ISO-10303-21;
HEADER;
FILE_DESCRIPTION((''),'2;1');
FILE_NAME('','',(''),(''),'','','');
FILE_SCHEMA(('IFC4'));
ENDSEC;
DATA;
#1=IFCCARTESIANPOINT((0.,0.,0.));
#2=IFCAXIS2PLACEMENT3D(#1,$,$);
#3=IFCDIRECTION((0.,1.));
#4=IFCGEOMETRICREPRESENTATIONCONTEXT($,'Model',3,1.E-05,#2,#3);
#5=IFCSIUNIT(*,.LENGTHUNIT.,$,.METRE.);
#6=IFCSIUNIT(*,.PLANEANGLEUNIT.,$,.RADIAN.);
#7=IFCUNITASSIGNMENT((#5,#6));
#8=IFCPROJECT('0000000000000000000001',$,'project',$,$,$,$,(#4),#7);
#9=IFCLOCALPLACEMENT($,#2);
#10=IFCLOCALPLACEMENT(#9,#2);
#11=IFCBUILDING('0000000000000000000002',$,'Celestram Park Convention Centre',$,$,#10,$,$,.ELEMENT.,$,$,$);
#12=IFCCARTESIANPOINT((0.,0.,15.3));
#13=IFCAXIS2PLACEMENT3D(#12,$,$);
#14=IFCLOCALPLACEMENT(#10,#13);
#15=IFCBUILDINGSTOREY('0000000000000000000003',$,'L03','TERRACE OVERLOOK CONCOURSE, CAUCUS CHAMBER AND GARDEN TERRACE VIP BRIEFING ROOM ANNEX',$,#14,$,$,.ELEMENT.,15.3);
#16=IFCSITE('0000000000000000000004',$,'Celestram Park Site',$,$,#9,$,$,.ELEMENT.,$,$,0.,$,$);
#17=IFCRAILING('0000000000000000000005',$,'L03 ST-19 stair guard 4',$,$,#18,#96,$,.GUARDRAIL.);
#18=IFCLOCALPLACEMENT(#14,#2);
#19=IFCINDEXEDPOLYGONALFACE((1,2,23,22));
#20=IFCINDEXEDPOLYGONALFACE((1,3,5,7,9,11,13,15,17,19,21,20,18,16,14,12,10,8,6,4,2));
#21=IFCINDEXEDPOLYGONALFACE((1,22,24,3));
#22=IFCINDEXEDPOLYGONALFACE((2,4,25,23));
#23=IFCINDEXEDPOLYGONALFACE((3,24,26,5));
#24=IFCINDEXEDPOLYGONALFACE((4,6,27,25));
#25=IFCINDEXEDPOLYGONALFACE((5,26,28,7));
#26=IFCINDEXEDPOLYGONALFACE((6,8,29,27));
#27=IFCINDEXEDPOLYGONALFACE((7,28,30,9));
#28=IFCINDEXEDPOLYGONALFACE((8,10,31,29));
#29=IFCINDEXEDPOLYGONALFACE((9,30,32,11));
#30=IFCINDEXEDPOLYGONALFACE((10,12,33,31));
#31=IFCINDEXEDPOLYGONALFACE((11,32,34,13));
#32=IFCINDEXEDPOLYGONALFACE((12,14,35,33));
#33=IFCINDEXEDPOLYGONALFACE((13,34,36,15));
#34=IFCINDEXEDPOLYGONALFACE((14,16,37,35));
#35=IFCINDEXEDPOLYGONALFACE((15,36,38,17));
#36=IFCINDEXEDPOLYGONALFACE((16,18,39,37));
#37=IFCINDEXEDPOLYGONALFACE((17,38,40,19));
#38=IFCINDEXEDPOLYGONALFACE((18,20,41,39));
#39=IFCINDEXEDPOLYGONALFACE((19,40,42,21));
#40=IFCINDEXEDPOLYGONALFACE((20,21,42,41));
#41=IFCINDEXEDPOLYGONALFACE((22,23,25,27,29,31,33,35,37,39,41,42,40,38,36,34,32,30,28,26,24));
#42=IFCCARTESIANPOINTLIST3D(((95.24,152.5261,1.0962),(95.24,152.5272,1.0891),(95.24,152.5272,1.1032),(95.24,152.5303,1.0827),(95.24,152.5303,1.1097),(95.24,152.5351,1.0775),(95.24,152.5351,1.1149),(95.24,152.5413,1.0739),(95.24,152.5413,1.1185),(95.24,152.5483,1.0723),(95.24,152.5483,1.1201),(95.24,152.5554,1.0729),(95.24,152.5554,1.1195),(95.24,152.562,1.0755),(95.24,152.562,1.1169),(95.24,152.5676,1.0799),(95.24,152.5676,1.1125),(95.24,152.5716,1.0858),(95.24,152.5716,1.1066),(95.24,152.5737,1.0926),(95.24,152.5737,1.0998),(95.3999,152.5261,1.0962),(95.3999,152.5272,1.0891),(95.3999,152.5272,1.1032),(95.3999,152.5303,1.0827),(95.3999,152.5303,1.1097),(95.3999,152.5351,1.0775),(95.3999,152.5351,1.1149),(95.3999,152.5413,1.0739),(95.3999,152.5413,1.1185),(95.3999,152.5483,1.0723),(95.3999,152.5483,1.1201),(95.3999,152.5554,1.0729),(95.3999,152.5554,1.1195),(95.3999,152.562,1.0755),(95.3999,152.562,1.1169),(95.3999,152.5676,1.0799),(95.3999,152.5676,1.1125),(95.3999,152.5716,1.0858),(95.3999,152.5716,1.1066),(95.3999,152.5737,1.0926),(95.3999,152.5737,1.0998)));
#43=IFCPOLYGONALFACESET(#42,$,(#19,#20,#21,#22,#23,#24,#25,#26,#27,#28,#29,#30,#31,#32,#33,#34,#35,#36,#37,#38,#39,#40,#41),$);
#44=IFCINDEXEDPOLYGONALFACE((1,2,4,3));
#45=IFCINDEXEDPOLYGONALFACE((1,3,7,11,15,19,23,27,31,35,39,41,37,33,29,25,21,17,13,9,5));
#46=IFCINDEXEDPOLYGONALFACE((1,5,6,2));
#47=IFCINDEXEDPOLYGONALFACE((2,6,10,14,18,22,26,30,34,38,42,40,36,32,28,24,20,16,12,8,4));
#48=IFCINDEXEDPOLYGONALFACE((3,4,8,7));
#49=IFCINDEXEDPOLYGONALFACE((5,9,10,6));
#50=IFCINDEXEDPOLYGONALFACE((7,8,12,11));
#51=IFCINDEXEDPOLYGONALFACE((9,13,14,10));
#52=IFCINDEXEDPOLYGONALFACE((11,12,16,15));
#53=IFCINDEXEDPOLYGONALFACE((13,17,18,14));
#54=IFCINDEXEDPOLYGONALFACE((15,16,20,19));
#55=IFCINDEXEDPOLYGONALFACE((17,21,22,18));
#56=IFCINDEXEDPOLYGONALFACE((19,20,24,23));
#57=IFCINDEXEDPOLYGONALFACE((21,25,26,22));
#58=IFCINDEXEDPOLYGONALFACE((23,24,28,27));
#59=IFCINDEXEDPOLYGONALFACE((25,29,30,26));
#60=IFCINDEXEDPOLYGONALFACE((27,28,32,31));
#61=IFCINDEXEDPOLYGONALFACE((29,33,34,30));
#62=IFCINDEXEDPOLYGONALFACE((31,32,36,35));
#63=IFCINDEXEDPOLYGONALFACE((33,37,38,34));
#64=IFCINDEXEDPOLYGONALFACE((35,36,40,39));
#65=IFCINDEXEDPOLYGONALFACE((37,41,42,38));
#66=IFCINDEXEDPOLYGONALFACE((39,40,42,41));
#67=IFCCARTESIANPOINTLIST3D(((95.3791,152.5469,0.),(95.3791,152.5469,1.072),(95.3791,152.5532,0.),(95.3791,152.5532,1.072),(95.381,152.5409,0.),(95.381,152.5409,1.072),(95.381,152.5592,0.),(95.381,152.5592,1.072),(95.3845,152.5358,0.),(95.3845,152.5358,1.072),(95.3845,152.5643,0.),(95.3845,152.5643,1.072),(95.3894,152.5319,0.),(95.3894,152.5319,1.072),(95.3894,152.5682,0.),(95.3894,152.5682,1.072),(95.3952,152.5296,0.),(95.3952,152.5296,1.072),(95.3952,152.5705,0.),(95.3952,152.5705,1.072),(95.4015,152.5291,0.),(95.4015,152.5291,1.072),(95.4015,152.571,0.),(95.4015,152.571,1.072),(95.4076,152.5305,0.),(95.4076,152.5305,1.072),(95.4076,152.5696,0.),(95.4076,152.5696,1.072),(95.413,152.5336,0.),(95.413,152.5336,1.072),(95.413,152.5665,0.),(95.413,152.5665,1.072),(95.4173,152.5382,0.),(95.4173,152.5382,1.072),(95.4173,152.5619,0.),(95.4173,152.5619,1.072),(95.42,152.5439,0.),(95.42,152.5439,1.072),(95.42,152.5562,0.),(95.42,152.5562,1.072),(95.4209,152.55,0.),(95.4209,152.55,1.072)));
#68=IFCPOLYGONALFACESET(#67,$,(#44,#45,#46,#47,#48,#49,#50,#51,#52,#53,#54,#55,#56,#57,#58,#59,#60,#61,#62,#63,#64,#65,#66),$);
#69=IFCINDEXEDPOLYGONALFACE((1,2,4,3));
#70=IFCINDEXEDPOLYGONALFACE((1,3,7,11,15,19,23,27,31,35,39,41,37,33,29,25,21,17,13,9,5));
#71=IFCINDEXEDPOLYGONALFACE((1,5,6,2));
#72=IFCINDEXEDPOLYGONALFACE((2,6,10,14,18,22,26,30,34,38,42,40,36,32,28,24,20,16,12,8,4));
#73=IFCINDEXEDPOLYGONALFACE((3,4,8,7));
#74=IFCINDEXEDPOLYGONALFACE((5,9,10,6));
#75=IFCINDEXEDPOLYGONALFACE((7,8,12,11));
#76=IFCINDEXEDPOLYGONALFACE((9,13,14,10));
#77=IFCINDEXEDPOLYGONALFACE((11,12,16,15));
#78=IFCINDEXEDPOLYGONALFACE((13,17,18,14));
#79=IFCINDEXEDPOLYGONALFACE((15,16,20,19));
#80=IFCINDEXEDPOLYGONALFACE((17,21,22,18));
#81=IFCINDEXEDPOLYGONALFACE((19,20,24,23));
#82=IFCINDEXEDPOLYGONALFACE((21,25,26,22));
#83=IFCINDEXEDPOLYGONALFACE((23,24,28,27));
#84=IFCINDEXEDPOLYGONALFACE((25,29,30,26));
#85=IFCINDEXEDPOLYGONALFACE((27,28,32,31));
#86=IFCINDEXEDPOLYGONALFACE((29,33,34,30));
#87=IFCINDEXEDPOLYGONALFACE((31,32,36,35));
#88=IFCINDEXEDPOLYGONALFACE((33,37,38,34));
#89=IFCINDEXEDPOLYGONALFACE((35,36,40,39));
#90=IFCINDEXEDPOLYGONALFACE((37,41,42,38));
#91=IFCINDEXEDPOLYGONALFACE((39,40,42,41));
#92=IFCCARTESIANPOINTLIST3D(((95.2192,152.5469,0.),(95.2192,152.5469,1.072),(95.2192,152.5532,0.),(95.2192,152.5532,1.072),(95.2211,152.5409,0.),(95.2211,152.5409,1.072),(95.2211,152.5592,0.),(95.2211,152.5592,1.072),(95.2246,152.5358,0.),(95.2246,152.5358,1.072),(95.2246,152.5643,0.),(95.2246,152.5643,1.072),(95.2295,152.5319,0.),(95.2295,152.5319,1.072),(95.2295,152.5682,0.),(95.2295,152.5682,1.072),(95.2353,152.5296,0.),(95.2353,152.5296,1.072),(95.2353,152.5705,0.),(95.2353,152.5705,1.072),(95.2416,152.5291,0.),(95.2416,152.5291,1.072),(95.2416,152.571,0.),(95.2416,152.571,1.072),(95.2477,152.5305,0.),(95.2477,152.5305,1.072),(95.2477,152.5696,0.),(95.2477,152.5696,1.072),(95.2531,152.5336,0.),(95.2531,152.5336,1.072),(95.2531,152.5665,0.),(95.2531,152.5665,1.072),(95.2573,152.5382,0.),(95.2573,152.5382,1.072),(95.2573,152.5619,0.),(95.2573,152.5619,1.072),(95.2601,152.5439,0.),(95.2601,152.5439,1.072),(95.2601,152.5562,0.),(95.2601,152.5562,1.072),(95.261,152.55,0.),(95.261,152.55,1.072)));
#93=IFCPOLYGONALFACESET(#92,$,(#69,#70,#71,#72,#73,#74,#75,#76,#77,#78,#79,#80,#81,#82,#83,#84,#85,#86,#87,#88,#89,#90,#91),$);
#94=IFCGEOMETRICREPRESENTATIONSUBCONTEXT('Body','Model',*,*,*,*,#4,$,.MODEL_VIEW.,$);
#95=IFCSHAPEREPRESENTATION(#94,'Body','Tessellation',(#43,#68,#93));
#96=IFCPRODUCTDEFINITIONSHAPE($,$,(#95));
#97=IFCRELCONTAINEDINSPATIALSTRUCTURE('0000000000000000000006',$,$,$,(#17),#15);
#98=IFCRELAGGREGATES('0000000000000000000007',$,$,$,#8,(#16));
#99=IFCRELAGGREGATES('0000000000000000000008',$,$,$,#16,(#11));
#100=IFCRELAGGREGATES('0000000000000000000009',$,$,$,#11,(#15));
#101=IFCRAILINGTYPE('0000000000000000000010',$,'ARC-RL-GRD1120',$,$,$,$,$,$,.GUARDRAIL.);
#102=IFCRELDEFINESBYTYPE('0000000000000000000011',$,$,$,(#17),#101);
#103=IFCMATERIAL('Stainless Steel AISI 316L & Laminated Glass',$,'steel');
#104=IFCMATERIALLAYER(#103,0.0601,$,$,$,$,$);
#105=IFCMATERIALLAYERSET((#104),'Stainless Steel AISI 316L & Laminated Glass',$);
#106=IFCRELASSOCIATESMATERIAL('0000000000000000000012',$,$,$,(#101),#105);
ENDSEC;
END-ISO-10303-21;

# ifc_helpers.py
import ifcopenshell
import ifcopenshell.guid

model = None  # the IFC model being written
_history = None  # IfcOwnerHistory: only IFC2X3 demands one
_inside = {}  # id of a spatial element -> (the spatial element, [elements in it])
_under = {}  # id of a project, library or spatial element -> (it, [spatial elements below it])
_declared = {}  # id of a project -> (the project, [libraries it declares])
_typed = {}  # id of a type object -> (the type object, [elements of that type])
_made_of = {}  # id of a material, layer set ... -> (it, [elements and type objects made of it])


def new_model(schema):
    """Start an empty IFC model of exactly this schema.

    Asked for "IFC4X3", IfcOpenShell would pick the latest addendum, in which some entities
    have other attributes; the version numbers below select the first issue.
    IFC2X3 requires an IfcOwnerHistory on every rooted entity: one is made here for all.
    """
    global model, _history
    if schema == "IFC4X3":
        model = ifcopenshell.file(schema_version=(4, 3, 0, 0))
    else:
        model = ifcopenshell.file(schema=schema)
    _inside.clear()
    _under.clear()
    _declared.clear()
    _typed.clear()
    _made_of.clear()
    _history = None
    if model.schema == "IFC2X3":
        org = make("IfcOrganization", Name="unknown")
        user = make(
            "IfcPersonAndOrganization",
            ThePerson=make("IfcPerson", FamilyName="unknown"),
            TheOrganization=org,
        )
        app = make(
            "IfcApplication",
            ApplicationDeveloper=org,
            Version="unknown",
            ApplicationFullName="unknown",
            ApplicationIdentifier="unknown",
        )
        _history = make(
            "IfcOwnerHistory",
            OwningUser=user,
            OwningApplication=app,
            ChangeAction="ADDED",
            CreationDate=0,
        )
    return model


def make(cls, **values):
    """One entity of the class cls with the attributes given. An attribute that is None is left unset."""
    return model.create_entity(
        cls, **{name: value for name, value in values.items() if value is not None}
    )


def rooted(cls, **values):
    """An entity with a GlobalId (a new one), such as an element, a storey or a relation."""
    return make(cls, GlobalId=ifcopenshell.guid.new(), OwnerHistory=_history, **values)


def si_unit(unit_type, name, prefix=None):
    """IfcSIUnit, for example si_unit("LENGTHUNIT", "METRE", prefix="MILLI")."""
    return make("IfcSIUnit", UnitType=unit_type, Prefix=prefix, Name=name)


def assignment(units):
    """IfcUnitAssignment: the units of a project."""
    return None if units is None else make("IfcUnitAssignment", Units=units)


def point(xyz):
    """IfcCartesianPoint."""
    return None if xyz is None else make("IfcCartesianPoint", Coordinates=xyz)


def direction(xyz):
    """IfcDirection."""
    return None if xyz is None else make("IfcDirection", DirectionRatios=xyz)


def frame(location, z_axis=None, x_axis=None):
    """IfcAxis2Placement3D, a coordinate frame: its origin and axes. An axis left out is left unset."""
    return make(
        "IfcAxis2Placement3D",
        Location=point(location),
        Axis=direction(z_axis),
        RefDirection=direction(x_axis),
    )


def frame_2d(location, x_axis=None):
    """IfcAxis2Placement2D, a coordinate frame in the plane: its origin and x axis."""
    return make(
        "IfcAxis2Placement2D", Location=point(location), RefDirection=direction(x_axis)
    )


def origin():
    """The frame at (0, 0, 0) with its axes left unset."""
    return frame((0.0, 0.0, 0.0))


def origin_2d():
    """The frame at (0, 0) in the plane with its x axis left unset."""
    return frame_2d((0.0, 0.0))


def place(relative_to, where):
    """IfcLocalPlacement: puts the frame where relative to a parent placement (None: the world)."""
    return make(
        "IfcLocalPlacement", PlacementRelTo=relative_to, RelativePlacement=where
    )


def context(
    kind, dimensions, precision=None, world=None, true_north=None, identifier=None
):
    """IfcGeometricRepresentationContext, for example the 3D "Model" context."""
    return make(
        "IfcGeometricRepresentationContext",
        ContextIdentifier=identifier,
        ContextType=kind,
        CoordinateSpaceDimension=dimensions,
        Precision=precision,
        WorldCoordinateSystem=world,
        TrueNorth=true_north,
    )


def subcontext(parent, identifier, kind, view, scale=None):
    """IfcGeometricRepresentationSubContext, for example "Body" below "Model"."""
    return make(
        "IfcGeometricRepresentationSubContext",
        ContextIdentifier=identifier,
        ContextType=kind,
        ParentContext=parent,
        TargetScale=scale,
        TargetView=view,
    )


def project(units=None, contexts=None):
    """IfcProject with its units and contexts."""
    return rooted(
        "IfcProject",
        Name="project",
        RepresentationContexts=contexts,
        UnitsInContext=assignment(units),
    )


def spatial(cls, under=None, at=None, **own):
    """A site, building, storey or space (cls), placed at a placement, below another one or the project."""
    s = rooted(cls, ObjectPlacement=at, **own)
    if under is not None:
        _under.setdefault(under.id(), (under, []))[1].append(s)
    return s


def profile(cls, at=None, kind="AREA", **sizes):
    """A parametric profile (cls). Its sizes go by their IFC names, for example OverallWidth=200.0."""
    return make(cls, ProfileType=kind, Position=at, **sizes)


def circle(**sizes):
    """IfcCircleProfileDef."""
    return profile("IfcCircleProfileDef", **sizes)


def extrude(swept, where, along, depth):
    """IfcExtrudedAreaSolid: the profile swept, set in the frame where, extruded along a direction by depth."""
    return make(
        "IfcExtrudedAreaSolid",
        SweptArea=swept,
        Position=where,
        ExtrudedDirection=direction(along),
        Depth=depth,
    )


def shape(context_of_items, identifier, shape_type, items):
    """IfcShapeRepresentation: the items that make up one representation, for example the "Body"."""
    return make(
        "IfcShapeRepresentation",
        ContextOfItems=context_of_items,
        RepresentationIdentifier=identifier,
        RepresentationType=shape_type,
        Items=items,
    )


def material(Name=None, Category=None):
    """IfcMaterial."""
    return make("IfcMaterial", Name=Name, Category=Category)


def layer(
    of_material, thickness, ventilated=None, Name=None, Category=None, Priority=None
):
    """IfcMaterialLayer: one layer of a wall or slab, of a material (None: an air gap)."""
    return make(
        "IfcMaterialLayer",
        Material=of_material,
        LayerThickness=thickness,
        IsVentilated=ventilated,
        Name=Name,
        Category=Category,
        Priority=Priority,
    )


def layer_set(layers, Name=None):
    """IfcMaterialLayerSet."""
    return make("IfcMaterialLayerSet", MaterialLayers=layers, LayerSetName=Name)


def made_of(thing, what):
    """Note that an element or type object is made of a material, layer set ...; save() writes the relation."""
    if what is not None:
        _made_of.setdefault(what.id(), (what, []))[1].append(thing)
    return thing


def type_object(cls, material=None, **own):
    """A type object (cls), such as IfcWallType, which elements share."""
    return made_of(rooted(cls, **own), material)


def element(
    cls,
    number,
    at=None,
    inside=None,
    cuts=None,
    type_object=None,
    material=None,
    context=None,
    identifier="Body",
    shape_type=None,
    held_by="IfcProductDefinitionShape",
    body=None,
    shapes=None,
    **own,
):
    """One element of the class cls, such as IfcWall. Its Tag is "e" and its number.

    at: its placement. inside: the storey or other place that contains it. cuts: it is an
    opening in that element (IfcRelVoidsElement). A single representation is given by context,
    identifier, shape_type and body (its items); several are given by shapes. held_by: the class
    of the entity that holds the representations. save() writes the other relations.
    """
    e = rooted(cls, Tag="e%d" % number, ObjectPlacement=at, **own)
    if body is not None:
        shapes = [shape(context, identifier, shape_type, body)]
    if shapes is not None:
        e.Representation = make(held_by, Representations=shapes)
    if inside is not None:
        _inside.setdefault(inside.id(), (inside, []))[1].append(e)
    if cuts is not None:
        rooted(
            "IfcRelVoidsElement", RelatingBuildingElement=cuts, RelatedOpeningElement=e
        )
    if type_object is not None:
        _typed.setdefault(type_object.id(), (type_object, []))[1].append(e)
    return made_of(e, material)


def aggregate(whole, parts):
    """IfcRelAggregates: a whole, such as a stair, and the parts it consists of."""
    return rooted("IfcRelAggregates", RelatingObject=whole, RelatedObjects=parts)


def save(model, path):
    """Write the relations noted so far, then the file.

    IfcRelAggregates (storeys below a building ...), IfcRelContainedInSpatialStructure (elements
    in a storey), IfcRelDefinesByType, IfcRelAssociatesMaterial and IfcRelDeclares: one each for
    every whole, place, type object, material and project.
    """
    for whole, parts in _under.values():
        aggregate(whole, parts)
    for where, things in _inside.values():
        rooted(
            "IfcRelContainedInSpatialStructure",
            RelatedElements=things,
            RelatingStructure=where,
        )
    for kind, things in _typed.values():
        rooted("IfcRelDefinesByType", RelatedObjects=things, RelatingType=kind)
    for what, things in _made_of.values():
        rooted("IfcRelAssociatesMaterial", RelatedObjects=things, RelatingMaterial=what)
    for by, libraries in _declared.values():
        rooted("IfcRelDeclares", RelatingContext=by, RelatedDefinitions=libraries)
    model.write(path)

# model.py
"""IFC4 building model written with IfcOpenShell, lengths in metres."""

from ifc_helpers import new_model, si_unit, direction, frame, origin, origin_2d, place, context, subcontext, project, spatial, circle, extrude, material, layer, layer_set, type_object, element, save


model = new_model("IFC4")

# Units and contexts
model_context = context("Model", 3, precision=1e-05, world=origin(), true_north=direction((0.0, 1.0)))
body_context = subcontext(model_context, "Body", "Model", "MODEL_VIEW")
ifc_project = project(units=[si_unit("LENGTHUNIT", "METRE"), si_unit("PLANEANGLEUNIT", "RADIAN")], contexts=[model_context])

# Site, building, storey
site_placement = place(None, origin())
site = spatial("IfcSite", under=ifc_project, at=site_placement, Name="Celestram Park Site", CompositionType="ELEMENT", RefElevation=0.0)
building_placement = place(site_placement, origin())
building = spatial("IfcBuilding", under=site, at=building_placement, Name="Celestram Park Convention Centre", CompositionType="ELEMENT")
storey_placement = place(building_placement, frame((0.0, 0.0, 15.3)))
storey = spatial("IfcBuildingStorey", under=building, at=storey_placement, Name="L03", Description="TERRACE OVERLOOK CONCOURSE, CAUCUS CHAMBER AND GARDEN TERRACE VIP BRIEFING ROOM ANNEX", CompositionType="ELEMENT", Elevation=15.3)

# Railing
ifc_material_1 = material(Name="Stainless Steel AISI 316L & Laminated Glass", Category="steel")
ifc_layer_1 = layer(ifc_material_1, 0.0601)
ifc_layer_set_1 = layer_set([ifc_layer_1], Name="Stainless Steel AISI 316L & Laminated Glass")
railing_type_1 = type_object("IfcRailingType", Name="ARC-RL-GRD1120", PredefinedType="GUARDRAIL", material=ifc_layer_set_1)
railing_1_placement = place(storey_placement, frame((95.3999, 152.55, 0.0)))
element("IfcRailing", 1, at=railing_1_placement, inside=storey, type_object=railing_type_1, Name="L03 ST-19 stair guard 4", PredefinedType="GUARDRAIL", context=body_context, shape_type="SweptSolid", body=[
    extrude(circle(Radius=0.0239, at=origin_2d()), frame((0.0, 0.0, 1.0962), z_axis=(-1.0, 0.0, 0.0), x_axis=(0.0, -1.0, 0.0)), (0.0, 0.0, 1.0), 0.1599),
    extrude(circle(Radius=0.021, at=origin_2d()), origin(), (0.0, 0.0, 1.0), 1.072),
    extrude(circle(Radius=0.021, at=origin_2d()), frame((-0.1599, 0.0, 0.0)), (0.0, 0.0, 1.0), 1.072),
])

save(model, "model.ifc")
